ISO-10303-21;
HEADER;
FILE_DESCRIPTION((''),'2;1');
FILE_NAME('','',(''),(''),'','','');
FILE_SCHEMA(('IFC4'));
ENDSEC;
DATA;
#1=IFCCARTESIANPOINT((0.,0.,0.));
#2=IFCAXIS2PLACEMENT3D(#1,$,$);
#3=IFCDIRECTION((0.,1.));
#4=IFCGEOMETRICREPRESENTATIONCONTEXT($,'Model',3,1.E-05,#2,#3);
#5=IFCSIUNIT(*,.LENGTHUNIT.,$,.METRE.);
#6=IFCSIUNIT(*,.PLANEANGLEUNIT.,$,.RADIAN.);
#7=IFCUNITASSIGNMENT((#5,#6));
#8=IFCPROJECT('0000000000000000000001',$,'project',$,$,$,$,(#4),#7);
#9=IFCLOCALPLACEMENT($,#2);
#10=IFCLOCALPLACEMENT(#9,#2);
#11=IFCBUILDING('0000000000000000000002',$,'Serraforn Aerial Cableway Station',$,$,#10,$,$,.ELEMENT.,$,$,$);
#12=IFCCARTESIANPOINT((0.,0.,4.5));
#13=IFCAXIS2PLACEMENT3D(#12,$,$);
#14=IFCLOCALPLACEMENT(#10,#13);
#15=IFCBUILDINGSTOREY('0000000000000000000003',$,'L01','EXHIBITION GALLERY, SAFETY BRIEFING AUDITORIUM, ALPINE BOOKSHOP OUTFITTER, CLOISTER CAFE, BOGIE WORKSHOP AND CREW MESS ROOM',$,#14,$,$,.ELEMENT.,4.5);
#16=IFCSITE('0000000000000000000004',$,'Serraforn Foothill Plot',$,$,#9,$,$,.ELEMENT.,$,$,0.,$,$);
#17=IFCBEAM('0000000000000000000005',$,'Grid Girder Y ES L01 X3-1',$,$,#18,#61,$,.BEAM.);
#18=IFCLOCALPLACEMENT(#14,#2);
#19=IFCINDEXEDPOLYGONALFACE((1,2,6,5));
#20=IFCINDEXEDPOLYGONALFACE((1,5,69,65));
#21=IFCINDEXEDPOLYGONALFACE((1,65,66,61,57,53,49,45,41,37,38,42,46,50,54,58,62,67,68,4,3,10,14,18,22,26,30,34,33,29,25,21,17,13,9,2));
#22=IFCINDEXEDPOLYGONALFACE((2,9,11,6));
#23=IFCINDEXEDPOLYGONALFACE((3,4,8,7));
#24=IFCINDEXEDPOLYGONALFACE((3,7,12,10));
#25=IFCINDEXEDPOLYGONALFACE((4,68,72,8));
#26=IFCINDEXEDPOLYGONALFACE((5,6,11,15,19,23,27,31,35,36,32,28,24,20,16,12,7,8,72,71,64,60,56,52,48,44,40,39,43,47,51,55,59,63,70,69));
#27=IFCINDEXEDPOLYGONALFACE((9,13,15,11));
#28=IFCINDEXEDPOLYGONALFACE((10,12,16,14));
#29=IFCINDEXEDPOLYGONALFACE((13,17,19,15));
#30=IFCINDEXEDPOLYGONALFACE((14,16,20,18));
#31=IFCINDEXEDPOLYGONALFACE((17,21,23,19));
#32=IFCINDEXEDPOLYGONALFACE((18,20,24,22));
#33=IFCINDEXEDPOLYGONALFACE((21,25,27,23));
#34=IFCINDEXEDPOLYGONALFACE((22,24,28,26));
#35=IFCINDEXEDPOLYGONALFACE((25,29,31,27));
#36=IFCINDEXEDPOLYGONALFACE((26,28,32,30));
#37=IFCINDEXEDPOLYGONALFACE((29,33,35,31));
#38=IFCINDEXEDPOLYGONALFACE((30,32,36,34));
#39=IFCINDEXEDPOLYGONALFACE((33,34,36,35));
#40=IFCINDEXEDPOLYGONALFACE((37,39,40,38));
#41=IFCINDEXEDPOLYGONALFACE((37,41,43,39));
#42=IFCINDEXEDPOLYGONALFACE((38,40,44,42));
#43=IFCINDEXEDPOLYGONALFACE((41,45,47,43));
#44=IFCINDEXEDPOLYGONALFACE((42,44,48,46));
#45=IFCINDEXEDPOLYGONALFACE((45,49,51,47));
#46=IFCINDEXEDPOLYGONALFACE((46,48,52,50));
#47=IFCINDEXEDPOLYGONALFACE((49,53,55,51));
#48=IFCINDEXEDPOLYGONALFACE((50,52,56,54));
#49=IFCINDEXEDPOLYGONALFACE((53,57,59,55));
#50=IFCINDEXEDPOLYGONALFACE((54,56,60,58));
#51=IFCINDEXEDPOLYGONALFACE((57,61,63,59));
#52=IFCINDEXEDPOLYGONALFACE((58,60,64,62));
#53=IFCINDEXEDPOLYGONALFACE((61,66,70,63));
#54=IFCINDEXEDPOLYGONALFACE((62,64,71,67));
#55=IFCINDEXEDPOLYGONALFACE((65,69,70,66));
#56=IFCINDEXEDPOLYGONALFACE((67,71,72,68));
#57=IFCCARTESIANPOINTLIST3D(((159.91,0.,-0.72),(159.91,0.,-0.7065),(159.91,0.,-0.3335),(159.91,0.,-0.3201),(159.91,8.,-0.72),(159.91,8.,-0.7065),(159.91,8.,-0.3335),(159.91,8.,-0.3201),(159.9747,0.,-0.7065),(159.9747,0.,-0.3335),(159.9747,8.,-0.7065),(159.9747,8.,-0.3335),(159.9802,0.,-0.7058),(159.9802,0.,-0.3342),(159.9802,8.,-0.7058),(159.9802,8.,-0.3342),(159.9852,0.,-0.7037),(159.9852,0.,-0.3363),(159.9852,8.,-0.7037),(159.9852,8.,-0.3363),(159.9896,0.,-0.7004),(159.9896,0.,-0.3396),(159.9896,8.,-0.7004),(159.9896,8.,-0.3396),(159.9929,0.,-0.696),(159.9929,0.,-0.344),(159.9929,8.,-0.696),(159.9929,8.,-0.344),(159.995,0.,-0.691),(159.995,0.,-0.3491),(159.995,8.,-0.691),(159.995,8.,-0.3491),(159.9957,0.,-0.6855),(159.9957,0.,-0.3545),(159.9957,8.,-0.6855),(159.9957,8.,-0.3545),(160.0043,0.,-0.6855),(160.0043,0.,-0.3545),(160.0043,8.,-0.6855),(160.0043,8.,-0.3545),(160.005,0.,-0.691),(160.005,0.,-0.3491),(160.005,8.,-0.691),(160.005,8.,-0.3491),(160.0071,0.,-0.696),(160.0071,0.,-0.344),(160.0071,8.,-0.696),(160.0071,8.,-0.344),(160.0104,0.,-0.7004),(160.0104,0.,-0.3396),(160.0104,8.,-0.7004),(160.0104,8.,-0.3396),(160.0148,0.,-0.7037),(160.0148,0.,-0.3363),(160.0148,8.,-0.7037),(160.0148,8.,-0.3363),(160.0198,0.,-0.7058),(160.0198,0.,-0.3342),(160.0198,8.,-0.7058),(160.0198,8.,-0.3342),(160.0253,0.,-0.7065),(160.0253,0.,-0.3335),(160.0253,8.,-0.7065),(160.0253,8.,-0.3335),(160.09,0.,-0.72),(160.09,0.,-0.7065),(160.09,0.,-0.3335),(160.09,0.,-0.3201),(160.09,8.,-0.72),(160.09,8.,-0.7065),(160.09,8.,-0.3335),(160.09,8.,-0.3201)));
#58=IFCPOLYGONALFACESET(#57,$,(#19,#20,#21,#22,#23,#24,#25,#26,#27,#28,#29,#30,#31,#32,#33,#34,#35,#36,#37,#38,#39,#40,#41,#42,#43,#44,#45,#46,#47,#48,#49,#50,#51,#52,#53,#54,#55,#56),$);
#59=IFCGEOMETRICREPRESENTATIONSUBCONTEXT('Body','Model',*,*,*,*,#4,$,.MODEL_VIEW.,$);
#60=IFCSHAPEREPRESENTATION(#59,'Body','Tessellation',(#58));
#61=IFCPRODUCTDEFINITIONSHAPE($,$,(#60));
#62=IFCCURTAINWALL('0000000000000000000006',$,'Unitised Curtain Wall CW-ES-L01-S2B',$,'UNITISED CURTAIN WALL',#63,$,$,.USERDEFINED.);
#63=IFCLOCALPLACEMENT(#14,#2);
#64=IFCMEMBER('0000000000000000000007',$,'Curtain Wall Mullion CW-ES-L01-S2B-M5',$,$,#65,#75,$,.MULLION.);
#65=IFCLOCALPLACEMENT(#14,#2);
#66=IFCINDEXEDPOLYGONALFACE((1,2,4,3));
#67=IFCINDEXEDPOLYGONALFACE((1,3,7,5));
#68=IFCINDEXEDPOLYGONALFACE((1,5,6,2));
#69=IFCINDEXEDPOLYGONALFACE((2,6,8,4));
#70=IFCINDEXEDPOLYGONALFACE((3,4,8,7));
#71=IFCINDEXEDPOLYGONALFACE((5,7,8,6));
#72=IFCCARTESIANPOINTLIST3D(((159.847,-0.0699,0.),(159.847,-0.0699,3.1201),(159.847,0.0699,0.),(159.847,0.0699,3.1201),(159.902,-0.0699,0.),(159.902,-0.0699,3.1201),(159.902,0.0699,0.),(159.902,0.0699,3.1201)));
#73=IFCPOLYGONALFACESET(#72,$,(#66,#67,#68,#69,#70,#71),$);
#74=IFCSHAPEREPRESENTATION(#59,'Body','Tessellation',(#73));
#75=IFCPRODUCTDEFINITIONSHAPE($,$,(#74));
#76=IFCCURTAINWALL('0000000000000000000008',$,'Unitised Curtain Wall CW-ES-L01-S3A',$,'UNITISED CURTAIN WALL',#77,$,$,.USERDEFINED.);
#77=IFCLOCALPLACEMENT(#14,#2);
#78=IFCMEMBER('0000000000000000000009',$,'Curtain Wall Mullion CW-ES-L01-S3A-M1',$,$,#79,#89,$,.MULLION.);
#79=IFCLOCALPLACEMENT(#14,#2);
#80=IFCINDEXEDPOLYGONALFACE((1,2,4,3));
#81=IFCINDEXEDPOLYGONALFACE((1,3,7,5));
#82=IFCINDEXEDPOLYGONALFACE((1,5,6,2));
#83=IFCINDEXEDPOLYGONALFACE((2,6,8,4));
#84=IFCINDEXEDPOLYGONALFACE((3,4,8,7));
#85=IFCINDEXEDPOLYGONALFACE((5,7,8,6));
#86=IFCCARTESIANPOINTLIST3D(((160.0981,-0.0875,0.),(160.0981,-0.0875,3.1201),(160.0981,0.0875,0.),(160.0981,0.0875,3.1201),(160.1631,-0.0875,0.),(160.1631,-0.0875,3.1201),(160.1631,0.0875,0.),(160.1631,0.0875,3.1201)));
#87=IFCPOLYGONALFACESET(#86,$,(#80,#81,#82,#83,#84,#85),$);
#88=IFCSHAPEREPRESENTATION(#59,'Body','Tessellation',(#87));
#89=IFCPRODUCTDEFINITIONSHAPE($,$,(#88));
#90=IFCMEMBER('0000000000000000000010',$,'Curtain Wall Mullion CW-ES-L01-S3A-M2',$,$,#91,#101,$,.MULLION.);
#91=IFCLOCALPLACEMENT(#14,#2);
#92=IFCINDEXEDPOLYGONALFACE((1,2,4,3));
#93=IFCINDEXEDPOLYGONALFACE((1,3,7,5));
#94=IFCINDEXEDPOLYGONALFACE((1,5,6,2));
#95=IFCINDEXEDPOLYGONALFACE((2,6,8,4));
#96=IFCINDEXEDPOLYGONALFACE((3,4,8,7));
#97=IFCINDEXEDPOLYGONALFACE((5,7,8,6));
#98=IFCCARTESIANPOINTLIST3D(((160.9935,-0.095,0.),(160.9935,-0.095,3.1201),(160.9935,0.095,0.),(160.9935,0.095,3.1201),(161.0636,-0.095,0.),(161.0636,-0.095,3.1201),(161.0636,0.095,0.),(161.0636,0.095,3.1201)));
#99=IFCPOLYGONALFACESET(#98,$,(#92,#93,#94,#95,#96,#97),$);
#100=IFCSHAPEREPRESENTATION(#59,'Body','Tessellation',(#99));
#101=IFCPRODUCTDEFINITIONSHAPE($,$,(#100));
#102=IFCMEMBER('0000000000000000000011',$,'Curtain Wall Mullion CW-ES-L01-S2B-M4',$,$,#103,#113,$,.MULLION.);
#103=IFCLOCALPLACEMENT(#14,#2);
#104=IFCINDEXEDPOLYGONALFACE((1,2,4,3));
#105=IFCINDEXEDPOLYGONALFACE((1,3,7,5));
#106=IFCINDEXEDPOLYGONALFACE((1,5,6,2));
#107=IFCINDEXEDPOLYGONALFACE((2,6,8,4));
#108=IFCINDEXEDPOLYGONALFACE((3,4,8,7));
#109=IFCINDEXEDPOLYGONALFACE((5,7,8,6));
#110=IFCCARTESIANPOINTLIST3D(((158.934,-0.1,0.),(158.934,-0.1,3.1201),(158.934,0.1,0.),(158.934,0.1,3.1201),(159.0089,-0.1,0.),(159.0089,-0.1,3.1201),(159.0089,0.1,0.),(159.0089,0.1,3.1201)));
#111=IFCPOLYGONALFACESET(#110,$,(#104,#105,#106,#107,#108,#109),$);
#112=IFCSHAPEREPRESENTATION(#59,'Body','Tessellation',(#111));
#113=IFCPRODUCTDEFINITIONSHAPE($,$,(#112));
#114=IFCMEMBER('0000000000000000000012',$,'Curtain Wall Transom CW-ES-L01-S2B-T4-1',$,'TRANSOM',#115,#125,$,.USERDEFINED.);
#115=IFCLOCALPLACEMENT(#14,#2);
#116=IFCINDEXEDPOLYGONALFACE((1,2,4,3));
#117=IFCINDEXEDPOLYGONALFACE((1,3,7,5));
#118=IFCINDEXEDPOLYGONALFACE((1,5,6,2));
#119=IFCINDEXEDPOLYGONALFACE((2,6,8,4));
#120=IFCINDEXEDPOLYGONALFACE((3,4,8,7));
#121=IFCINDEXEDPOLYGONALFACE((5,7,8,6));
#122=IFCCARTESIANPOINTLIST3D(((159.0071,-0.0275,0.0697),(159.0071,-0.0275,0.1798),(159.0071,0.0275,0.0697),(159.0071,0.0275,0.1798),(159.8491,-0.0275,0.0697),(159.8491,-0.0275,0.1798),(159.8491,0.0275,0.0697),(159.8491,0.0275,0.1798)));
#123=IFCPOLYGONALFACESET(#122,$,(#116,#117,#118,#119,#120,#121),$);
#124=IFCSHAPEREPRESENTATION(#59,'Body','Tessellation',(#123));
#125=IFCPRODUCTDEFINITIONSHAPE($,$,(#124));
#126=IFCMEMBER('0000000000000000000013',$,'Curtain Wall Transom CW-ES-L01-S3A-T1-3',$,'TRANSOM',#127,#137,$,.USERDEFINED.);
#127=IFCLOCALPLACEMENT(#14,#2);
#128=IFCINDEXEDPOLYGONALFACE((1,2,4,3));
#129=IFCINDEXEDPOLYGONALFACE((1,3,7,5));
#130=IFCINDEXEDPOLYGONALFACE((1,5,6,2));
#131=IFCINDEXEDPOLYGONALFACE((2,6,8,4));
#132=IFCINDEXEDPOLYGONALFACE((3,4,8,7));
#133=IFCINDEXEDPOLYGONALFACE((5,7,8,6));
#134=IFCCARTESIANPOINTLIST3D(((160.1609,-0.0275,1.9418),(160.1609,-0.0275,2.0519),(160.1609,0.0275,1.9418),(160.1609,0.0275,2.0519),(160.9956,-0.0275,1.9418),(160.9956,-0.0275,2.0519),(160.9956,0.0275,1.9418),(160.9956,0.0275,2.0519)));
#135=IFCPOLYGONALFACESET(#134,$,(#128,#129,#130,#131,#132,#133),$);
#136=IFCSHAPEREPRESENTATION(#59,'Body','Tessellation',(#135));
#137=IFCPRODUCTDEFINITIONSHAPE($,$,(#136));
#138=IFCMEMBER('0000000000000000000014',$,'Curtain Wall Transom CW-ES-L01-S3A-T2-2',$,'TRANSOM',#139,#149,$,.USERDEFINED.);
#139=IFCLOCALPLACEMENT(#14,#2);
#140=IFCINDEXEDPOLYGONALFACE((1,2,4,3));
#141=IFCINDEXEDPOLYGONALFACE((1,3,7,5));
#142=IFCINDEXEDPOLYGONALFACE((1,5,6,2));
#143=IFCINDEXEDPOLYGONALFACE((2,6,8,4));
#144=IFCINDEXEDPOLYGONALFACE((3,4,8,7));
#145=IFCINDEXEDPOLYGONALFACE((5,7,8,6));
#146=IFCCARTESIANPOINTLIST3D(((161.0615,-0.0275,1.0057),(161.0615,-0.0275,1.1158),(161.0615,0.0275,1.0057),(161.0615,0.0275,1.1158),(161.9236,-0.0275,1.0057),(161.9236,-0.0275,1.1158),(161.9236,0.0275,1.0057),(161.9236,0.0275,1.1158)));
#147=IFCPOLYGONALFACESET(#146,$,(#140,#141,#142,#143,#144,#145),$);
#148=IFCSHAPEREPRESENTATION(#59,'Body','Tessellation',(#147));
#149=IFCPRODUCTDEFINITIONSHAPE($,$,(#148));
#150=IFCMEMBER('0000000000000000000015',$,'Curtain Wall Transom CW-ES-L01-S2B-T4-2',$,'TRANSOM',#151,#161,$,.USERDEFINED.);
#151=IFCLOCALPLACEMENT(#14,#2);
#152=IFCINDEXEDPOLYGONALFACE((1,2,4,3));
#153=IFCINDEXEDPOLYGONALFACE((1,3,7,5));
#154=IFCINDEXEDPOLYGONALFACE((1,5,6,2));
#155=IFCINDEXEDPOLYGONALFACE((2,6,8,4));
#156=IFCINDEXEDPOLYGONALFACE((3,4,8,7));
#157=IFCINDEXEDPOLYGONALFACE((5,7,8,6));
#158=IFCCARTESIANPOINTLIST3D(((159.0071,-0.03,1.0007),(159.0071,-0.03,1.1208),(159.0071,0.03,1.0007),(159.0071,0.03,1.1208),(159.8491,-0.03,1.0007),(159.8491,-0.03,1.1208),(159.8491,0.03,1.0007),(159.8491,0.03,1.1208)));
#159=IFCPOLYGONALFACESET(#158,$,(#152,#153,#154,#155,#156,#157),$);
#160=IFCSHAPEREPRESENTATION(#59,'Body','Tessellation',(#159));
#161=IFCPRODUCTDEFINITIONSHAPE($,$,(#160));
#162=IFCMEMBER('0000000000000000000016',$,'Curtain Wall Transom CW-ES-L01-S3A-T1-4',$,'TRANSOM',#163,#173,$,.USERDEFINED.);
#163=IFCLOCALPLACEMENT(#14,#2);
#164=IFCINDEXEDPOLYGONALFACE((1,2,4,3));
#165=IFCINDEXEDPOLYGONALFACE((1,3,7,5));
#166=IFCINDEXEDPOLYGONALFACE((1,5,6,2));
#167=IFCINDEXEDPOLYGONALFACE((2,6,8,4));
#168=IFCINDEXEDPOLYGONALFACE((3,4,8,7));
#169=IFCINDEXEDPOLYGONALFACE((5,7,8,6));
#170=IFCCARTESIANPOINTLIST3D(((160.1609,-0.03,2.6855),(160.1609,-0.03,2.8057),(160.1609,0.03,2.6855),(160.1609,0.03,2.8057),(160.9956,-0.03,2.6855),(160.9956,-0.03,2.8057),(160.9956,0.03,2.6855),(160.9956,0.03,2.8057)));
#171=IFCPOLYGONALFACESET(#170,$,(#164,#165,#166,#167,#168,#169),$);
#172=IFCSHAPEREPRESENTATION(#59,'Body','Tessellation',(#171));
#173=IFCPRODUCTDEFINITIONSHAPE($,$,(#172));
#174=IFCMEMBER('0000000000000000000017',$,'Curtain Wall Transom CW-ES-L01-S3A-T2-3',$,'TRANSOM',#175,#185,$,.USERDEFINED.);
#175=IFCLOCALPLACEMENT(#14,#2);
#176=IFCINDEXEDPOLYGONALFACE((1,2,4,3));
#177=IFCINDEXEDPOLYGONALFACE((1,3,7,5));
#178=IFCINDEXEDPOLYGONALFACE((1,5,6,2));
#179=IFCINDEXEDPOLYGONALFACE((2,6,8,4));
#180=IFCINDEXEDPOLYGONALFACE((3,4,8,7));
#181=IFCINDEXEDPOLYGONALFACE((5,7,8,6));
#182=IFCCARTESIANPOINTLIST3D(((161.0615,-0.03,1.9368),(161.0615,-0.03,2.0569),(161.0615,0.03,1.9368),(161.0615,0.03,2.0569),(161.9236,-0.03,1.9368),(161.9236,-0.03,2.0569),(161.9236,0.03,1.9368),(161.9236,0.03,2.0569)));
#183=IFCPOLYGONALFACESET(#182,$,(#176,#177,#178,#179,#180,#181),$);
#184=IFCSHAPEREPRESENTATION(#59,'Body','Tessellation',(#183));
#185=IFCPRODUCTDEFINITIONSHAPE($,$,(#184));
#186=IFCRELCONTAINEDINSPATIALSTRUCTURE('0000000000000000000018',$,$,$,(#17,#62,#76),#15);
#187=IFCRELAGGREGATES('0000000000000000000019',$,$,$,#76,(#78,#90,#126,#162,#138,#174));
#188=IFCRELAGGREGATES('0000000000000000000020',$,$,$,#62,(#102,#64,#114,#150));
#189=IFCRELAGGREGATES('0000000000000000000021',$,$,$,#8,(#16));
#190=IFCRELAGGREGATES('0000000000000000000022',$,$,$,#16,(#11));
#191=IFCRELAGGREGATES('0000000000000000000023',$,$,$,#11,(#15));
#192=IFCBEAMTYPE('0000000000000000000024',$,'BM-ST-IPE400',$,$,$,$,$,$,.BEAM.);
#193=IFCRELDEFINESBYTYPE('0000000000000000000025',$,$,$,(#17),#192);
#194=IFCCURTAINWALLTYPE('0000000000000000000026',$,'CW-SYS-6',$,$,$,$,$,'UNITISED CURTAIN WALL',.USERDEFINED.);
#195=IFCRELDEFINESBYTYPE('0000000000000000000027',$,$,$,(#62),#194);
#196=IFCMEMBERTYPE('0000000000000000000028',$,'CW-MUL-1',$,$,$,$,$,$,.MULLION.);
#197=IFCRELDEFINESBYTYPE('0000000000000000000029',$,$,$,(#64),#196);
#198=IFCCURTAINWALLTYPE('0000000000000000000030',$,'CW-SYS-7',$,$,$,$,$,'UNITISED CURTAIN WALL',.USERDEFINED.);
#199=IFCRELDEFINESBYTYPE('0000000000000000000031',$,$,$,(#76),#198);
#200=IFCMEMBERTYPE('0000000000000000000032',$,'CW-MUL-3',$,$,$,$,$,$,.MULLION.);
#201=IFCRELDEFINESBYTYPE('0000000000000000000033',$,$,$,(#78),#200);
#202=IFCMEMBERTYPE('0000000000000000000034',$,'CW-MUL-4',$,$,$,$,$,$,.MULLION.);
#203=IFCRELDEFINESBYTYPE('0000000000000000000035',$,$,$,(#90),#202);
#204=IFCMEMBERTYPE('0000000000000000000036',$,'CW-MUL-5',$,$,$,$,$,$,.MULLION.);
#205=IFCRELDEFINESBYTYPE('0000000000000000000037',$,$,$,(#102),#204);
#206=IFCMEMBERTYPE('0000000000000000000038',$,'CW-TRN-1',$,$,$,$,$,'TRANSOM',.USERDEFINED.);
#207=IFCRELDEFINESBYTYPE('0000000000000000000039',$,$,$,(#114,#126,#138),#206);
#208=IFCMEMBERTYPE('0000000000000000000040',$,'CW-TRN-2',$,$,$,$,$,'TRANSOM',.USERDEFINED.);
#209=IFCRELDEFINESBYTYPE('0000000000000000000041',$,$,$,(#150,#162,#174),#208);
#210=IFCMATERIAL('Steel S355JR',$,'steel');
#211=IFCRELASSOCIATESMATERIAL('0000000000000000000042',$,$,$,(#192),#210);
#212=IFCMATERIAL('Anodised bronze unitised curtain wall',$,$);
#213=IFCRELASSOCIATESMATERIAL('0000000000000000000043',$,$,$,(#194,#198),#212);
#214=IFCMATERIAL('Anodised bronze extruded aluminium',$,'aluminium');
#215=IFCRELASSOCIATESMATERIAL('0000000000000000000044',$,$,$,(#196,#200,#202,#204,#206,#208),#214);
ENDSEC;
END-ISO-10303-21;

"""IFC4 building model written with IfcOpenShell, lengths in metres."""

from ifc_helpers import new_model, si_unit, direction, frame, origin, origin_2d, place, context, subcontext, project, spatial, rectangle, i_section, extrude, material, material_profile, profile_set, type_object, element, aggregate, save


model = new_model("IFC4")

# Units and contexts
model_context = context("Model", 3, precision=1e-05, world=origin(), true_north=direction((0.0, 1.0)))
body_context = subcontext(model_context, "Body", "Model", "MODEL_VIEW")
ifc_project = project(units=[si_unit("LENGTHUNIT", "METRE"), si_unit("PLANEANGLEUNIT", "RADIAN")], contexts=[model_context])

# Site, building, storey
site_placement = place(None, origin())
site = spatial("IfcSite", under=ifc_project, at=site_placement, Name="Serraforn Foothill Plot", CompositionType="ELEMENT", RefElevation=0.0)
building_placement = place(site_placement, origin())
building = spatial("IfcBuilding", under=site, at=building_placement, Name="Serraforn Aerial Cableway Station", CompositionType="ELEMENT")
storey_placement = place(building_placement, frame((0.0, 0.0, 4.5)))
storey = spatial("IfcBuildingStorey", under=building, at=storey_placement, Name="L01", Description="EXHIBITION GALLERY, SAFETY BRIEFING AUDITORIUM, ALPINE BOOKSHOP OUTFITTER, CLOISTER CAFE, BOGIE WORKSHOP AND CREW MESS ROOM", CompositionType="ELEMENT", Elevation=4.5)

# Beam
ifc_material_1 = material(Name="Steel S355JR", Category="steel")
ifc_material_profile_1 = material_profile(ifc_material_1, i_section(OverallWidth=0.1799, OverallDepth=0.3999, WebThickness=0.0085, FlangeThickness=0.0134, FilletRadius=0.021, at=origin_2d()), Name="IPE 400")
ifc_profile_set_1 = profile_set([ifc_material_profile_1], Name="Steel S355JR")
beam_type_1 = type_object("IfcBeamType", Name="BM-ST-IPE400", PredefinedType="BEAM", material=ifc_profile_set_1)
beam_1_placement = place(storey_placement, frame((160.0, 0.0, -0.52), z_axis=(0.0, 1.0, 0.0), x_axis=(-1.0, 0.0, 0.0)))
element("IfcBeam", 1, at=beam_1_placement, inside=storey, type_object=beam_type_1, Name="Grid Girder Y ES L01 X3-1", PredefinedType="BEAM", context=body_context, shape_type="SweptSolid", body=[
    extrude(i_section(OverallWidth=0.1799, OverallDepth=0.3999, WebThickness=0.0085, FlangeThickness=0.0134, FilletRadius=0.021, at=origin_2d()), origin(), (0.0, 0.0, 1.0), 8.0),
])

# Curtain wall, member
ifc_material_2 = material(Name="Anodised bronze unitised curtain wall")
curtain_wall_type_1 = type_object("IfcCurtainWallType", Name="CW-SYS-6", ElementType="UNITISED CURTAIN WALL", PredefinedType="USERDEFINED", material=ifc_material_2)
curtain_wall_1_placement = place(storey_placement, origin())
curtain_wall_1 = element("IfcCurtainWall", 2, at=curtain_wall_1_placement, inside=storey, type_object=curtain_wall_type_1, Name="Unitised Curtain Wall CW-ES-L01-S2B", ObjectType="UNITISED CURTAIN WALL", PredefinedType="USERDEFINED")
ifc_material_3 = material(Name="Anodised bronze extruded aluminium", Category="aluminium")
ifc_material_profile_2 = material_profile(ifc_material_3, rectangle(XDim=0.0549, YDim=0.1399, at=origin_2d()), Name="CW MULLION 55x140")
ifc_profile_set_2 = profile_set([ifc_material_profile_2], Name="Anodised bronze extruded aluminium")
member_type_1 = type_object("IfcMemberType", Name="CW-MUL-1", PredefinedType="MULLION", material=ifc_profile_set_2)
member_1_placement = place(storey_placement, frame((159.8745, 0.0, 0.0), z_axis=(0.0, 0.0, 1.0), x_axis=(1.0, 0.0, 0.0)))
member_1 = element("IfcMember", 3, at=member_1_placement, type_object=member_type_1, Name="Curtain Wall Mullion CW-ES-L01-S2B-M5", PredefinedType="MULLION", context=body_context, shape_type="SweptSolid", body=[
    extrude(rectangle(XDim=0.0549, YDim=0.1399, at=origin_2d()), origin(), (0.0, 0.0, 1.0), 3.1201),
])

# Curtain wall, members
curtain_wall_type_2 = type_object("IfcCurtainWallType", Name="CW-SYS-7", ElementType="UNITISED CURTAIN WALL", PredefinedType="USERDEFINED", material=ifc_material_2)
curtain_wall_2_placement = place(storey_placement, origin())
curtain_wall_2 = element("IfcCurtainWall", 4, at=curtain_wall_2_placement, inside=storey, type_object=curtain_wall_type_2, Name="Unitised Curtain Wall CW-ES-L01-S3A", ObjectType="UNITISED CURTAIN WALL", PredefinedType="USERDEFINED")
ifc_material_profile_3 = material_profile(ifc_material_3, rectangle(XDim=0.0649, YDim=0.175, at=origin_2d()), Name="CW MULLION 65x175")
ifc_profile_set_3 = profile_set([ifc_material_profile_3], Name="Anodised bronze extruded aluminium")
member_type_2 = type_object("IfcMemberType", Name="CW-MUL-3", PredefinedType="MULLION", material=ifc_profile_set_3)
member_2_placement = place(storey_placement, frame((160.1306, 0.0, 0.0), z_axis=(0.0, 0.0, 1.0), x_axis=(1.0, 0.0, 0.0)))
member_2 = element("IfcMember", 5, at=member_2_placement, type_object=member_type_2, Name="Curtain Wall Mullion CW-ES-L01-S3A-M1", PredefinedType="MULLION", context=body_context, shape_type="SweptSolid", body=[
    extrude(rectangle(XDim=0.0649, YDim=0.175, at=origin_2d()), origin(), (0.0, 0.0, 1.0), 3.1201),
])
ifc_material_profile_4 = material_profile(ifc_material_3, rectangle(XDim=0.0701, YDim=0.1899, at=origin_2d()), Name="CW MULLION 70x190")
ifc_profile_set_4 = profile_set([ifc_material_profile_4], Name="Anodised bronze extruded aluminium")
member_type_3 = type_object("IfcMemberType", Name="CW-MUL-4", PredefinedType="MULLION", material=ifc_profile_set_4)
member_3_placement = place(storey_placement, frame((161.0286, 0.0, 0.0), z_axis=(0.0, 0.0, 1.0), x_axis=(1.0, 0.0, 0.0)))
member_3 = element("IfcMember", 6, at=member_3_placement, type_object=member_type_3, Name="Curtain Wall Mullion CW-ES-L01-S3A-M2", PredefinedType="MULLION", context=body_context, shape_type="SweptSolid", body=[
    extrude(rectangle(XDim=0.0701, YDim=0.1899, at=origin_2d()), origin(), (0.0, 0.0, 1.0), 3.1201),
])

# Members
ifc_material_profile_5 = material_profile(ifc_material_3, rectangle(XDim=0.075, YDim=0.2, at=origin_2d()), Name="CW MULLION 75x200")
ifc_profile_set_5 = profile_set([ifc_material_profile_5], Name="Anodised bronze extruded aluminium")
member_type_4 = type_object("IfcMemberType", Name="CW-MUL-5", PredefinedType="MULLION", material=ifc_profile_set_5)
member_4_placement = place(storey_placement, frame((158.9714, 0.0, 0.0), z_axis=(0.0, 0.0, 1.0), x_axis=(1.0, 0.0, 0.0)))
member_4 = element("IfcMember", 7, at=member_4_placement, type_object=member_type_4, Name="Curtain Wall Mullion CW-ES-L01-S2B-M4", PredefinedType="MULLION", context=body_context, shape_type="SweptSolid", body=[
    extrude(rectangle(XDim=0.075, YDim=0.2, at=origin_2d()), origin(), (0.0, 0.0, 1.0), 3.1201),
])
ifc_material_profile_6 = material_profile(ifc_material_3, rectangle(XDim=0.0549, YDim=0.1101, at=origin_2d()), Name="CW TRANSOM 55x110")
ifc_profile_set_6 = profile_set([ifc_material_profile_6], Name="Anodised bronze extruded aluminium")
member_type_5 = type_object("IfcMemberType", Name="CW-TRN-1", ElementType="TRANSOM", PredefinedType="USERDEFINED", material=ifc_profile_set_6)
member_5_placement = place(storey_placement, frame((159.0071, 0.0, 0.1248), z_axis=(1.0, 0.0, 0.0), x_axis=(0.0, 1.0, 0.0)))
member_5 = element("IfcMember", 8, at=member_5_placement, type_object=member_type_5, Name="Curtain Wall Transom CW-ES-L01-S2B-T4-1", ObjectType="TRANSOM", PredefinedType="USERDEFINED", context=body_context, shape_type="SweptSolid", body=[
    extrude(rectangle(XDim=0.0549, YDim=0.1101, at=origin_2d()), origin(), (0.0, 0.0, 1.0), 0.842),
])
member_6_placement = place(storey_placement, frame((160.1609, 0.0, 1.9968), z_axis=(1.0, 0.0, 0.0), x_axis=(0.0, 1.0, 0.0)))
member_6 = element("IfcMember", 9, at=member_6_placement, type_object=member_type_5, Name="Curtain Wall Transom CW-ES-L01-S3A-T1-3", ObjectType="TRANSOM", PredefinedType="USERDEFINED", context=body_context, shape_type="SweptSolid", body=[
    extrude(rectangle(XDim=0.0549, YDim=0.1101, at=origin_2d()), origin(), (0.0, 0.0, 1.0), 0.8347),
])
member_7_placement = place(storey_placement, frame((161.0615, 0.0, 1.0608), z_axis=(1.0, 0.0, 0.0), x_axis=(0.0, 1.0, 0.0)))
member_7 = element("IfcMember", 10, at=member_7_placement, type_object=member_type_5, Name="Curtain Wall Transom CW-ES-L01-S3A-T2-2", ObjectType="TRANSOM", PredefinedType="USERDEFINED", context=body_context, shape_type="SweptSolid", body=[
    extrude(rectangle(XDim=0.0549, YDim=0.1101, at=origin_2d()), origin(), (0.0, 0.0, 1.0), 0.8621),
])
ifc_material_profile_7 = material_profile(ifc_material_3, rectangle(XDim=0.0601, YDim=0.1201, at=origin_2d()), Name="CW TRANSOM 60x120")
ifc_profile_set_7 = profile_set([ifc_material_profile_7], Name="Anodised bronze extruded aluminium")
member_type_6 = type_object("IfcMemberType", Name="CW-TRN-2", ElementType="TRANSOM", PredefinedType="USERDEFINED", material=ifc_profile_set_7)
member_8_placement = place(storey_placement, frame((159.0071, 0.0, 1.0608), z_axis=(1.0, 0.0, 0.0), x_axis=(0.0, 1.0, 0.0)))
member_8 = element("IfcMember", 11, at=member_8_placement, type_object=member_type_6, Name="Curtain Wall Transom CW-ES-L01-S2B-T4-2", ObjectType="TRANSOM", PredefinedType="USERDEFINED", context=body_context, shape_type="SweptSolid", body=[
    extrude(rectangle(XDim=0.0601, YDim=0.1201, at=origin_2d()), origin(), (0.0, 0.0, 1.0), 0.842),
])
member_9_placement = place(storey_placement, frame((160.1609, 0.0, 2.7456), z_axis=(1.0, 0.0, 0.0), x_axis=(0.0, 1.0, 0.0)))
member_9 = element("IfcMember", 12, at=member_9_placement, type_object=member_type_6, Name="Curtain Wall Transom CW-ES-L01-S3A-T1-4", ObjectType="TRANSOM", PredefinedType="USERDEFINED", context=body_context, shape_type="SweptSolid", body=[
    extrude(rectangle(XDim=0.0601, YDim=0.1201, at=origin_2d()), origin(), (0.0, 0.0, 1.0), 0.8347),
])
member_10_placement = place(storey_placement, frame((161.0615, 0.0, 1.9968), z_axis=(1.0, 0.0, 0.0), x_axis=(0.0, 1.0, 0.0)))
member_10 = element("IfcMember", 13, at=member_10_placement, type_object=member_type_6, Name="Curtain Wall Transom CW-ES-L01-S3A-T2-3", ObjectType="TRANSOM", PredefinedType="USERDEFINED", context=body_context, shape_type="SweptSolid", body=[
    extrude(rectangle(XDim=0.0601, YDim=0.1201, at=origin_2d()), origin(), (0.0, 0.0, 1.0), 0.8621),
])

aggregate(curtain_wall_2, [member_2, member_3, member_6, member_9, member_7, member_10])
aggregate(curtain_wall_1, [member_4, member_1, member_5, member_8])

save(model, "model.ifc")
